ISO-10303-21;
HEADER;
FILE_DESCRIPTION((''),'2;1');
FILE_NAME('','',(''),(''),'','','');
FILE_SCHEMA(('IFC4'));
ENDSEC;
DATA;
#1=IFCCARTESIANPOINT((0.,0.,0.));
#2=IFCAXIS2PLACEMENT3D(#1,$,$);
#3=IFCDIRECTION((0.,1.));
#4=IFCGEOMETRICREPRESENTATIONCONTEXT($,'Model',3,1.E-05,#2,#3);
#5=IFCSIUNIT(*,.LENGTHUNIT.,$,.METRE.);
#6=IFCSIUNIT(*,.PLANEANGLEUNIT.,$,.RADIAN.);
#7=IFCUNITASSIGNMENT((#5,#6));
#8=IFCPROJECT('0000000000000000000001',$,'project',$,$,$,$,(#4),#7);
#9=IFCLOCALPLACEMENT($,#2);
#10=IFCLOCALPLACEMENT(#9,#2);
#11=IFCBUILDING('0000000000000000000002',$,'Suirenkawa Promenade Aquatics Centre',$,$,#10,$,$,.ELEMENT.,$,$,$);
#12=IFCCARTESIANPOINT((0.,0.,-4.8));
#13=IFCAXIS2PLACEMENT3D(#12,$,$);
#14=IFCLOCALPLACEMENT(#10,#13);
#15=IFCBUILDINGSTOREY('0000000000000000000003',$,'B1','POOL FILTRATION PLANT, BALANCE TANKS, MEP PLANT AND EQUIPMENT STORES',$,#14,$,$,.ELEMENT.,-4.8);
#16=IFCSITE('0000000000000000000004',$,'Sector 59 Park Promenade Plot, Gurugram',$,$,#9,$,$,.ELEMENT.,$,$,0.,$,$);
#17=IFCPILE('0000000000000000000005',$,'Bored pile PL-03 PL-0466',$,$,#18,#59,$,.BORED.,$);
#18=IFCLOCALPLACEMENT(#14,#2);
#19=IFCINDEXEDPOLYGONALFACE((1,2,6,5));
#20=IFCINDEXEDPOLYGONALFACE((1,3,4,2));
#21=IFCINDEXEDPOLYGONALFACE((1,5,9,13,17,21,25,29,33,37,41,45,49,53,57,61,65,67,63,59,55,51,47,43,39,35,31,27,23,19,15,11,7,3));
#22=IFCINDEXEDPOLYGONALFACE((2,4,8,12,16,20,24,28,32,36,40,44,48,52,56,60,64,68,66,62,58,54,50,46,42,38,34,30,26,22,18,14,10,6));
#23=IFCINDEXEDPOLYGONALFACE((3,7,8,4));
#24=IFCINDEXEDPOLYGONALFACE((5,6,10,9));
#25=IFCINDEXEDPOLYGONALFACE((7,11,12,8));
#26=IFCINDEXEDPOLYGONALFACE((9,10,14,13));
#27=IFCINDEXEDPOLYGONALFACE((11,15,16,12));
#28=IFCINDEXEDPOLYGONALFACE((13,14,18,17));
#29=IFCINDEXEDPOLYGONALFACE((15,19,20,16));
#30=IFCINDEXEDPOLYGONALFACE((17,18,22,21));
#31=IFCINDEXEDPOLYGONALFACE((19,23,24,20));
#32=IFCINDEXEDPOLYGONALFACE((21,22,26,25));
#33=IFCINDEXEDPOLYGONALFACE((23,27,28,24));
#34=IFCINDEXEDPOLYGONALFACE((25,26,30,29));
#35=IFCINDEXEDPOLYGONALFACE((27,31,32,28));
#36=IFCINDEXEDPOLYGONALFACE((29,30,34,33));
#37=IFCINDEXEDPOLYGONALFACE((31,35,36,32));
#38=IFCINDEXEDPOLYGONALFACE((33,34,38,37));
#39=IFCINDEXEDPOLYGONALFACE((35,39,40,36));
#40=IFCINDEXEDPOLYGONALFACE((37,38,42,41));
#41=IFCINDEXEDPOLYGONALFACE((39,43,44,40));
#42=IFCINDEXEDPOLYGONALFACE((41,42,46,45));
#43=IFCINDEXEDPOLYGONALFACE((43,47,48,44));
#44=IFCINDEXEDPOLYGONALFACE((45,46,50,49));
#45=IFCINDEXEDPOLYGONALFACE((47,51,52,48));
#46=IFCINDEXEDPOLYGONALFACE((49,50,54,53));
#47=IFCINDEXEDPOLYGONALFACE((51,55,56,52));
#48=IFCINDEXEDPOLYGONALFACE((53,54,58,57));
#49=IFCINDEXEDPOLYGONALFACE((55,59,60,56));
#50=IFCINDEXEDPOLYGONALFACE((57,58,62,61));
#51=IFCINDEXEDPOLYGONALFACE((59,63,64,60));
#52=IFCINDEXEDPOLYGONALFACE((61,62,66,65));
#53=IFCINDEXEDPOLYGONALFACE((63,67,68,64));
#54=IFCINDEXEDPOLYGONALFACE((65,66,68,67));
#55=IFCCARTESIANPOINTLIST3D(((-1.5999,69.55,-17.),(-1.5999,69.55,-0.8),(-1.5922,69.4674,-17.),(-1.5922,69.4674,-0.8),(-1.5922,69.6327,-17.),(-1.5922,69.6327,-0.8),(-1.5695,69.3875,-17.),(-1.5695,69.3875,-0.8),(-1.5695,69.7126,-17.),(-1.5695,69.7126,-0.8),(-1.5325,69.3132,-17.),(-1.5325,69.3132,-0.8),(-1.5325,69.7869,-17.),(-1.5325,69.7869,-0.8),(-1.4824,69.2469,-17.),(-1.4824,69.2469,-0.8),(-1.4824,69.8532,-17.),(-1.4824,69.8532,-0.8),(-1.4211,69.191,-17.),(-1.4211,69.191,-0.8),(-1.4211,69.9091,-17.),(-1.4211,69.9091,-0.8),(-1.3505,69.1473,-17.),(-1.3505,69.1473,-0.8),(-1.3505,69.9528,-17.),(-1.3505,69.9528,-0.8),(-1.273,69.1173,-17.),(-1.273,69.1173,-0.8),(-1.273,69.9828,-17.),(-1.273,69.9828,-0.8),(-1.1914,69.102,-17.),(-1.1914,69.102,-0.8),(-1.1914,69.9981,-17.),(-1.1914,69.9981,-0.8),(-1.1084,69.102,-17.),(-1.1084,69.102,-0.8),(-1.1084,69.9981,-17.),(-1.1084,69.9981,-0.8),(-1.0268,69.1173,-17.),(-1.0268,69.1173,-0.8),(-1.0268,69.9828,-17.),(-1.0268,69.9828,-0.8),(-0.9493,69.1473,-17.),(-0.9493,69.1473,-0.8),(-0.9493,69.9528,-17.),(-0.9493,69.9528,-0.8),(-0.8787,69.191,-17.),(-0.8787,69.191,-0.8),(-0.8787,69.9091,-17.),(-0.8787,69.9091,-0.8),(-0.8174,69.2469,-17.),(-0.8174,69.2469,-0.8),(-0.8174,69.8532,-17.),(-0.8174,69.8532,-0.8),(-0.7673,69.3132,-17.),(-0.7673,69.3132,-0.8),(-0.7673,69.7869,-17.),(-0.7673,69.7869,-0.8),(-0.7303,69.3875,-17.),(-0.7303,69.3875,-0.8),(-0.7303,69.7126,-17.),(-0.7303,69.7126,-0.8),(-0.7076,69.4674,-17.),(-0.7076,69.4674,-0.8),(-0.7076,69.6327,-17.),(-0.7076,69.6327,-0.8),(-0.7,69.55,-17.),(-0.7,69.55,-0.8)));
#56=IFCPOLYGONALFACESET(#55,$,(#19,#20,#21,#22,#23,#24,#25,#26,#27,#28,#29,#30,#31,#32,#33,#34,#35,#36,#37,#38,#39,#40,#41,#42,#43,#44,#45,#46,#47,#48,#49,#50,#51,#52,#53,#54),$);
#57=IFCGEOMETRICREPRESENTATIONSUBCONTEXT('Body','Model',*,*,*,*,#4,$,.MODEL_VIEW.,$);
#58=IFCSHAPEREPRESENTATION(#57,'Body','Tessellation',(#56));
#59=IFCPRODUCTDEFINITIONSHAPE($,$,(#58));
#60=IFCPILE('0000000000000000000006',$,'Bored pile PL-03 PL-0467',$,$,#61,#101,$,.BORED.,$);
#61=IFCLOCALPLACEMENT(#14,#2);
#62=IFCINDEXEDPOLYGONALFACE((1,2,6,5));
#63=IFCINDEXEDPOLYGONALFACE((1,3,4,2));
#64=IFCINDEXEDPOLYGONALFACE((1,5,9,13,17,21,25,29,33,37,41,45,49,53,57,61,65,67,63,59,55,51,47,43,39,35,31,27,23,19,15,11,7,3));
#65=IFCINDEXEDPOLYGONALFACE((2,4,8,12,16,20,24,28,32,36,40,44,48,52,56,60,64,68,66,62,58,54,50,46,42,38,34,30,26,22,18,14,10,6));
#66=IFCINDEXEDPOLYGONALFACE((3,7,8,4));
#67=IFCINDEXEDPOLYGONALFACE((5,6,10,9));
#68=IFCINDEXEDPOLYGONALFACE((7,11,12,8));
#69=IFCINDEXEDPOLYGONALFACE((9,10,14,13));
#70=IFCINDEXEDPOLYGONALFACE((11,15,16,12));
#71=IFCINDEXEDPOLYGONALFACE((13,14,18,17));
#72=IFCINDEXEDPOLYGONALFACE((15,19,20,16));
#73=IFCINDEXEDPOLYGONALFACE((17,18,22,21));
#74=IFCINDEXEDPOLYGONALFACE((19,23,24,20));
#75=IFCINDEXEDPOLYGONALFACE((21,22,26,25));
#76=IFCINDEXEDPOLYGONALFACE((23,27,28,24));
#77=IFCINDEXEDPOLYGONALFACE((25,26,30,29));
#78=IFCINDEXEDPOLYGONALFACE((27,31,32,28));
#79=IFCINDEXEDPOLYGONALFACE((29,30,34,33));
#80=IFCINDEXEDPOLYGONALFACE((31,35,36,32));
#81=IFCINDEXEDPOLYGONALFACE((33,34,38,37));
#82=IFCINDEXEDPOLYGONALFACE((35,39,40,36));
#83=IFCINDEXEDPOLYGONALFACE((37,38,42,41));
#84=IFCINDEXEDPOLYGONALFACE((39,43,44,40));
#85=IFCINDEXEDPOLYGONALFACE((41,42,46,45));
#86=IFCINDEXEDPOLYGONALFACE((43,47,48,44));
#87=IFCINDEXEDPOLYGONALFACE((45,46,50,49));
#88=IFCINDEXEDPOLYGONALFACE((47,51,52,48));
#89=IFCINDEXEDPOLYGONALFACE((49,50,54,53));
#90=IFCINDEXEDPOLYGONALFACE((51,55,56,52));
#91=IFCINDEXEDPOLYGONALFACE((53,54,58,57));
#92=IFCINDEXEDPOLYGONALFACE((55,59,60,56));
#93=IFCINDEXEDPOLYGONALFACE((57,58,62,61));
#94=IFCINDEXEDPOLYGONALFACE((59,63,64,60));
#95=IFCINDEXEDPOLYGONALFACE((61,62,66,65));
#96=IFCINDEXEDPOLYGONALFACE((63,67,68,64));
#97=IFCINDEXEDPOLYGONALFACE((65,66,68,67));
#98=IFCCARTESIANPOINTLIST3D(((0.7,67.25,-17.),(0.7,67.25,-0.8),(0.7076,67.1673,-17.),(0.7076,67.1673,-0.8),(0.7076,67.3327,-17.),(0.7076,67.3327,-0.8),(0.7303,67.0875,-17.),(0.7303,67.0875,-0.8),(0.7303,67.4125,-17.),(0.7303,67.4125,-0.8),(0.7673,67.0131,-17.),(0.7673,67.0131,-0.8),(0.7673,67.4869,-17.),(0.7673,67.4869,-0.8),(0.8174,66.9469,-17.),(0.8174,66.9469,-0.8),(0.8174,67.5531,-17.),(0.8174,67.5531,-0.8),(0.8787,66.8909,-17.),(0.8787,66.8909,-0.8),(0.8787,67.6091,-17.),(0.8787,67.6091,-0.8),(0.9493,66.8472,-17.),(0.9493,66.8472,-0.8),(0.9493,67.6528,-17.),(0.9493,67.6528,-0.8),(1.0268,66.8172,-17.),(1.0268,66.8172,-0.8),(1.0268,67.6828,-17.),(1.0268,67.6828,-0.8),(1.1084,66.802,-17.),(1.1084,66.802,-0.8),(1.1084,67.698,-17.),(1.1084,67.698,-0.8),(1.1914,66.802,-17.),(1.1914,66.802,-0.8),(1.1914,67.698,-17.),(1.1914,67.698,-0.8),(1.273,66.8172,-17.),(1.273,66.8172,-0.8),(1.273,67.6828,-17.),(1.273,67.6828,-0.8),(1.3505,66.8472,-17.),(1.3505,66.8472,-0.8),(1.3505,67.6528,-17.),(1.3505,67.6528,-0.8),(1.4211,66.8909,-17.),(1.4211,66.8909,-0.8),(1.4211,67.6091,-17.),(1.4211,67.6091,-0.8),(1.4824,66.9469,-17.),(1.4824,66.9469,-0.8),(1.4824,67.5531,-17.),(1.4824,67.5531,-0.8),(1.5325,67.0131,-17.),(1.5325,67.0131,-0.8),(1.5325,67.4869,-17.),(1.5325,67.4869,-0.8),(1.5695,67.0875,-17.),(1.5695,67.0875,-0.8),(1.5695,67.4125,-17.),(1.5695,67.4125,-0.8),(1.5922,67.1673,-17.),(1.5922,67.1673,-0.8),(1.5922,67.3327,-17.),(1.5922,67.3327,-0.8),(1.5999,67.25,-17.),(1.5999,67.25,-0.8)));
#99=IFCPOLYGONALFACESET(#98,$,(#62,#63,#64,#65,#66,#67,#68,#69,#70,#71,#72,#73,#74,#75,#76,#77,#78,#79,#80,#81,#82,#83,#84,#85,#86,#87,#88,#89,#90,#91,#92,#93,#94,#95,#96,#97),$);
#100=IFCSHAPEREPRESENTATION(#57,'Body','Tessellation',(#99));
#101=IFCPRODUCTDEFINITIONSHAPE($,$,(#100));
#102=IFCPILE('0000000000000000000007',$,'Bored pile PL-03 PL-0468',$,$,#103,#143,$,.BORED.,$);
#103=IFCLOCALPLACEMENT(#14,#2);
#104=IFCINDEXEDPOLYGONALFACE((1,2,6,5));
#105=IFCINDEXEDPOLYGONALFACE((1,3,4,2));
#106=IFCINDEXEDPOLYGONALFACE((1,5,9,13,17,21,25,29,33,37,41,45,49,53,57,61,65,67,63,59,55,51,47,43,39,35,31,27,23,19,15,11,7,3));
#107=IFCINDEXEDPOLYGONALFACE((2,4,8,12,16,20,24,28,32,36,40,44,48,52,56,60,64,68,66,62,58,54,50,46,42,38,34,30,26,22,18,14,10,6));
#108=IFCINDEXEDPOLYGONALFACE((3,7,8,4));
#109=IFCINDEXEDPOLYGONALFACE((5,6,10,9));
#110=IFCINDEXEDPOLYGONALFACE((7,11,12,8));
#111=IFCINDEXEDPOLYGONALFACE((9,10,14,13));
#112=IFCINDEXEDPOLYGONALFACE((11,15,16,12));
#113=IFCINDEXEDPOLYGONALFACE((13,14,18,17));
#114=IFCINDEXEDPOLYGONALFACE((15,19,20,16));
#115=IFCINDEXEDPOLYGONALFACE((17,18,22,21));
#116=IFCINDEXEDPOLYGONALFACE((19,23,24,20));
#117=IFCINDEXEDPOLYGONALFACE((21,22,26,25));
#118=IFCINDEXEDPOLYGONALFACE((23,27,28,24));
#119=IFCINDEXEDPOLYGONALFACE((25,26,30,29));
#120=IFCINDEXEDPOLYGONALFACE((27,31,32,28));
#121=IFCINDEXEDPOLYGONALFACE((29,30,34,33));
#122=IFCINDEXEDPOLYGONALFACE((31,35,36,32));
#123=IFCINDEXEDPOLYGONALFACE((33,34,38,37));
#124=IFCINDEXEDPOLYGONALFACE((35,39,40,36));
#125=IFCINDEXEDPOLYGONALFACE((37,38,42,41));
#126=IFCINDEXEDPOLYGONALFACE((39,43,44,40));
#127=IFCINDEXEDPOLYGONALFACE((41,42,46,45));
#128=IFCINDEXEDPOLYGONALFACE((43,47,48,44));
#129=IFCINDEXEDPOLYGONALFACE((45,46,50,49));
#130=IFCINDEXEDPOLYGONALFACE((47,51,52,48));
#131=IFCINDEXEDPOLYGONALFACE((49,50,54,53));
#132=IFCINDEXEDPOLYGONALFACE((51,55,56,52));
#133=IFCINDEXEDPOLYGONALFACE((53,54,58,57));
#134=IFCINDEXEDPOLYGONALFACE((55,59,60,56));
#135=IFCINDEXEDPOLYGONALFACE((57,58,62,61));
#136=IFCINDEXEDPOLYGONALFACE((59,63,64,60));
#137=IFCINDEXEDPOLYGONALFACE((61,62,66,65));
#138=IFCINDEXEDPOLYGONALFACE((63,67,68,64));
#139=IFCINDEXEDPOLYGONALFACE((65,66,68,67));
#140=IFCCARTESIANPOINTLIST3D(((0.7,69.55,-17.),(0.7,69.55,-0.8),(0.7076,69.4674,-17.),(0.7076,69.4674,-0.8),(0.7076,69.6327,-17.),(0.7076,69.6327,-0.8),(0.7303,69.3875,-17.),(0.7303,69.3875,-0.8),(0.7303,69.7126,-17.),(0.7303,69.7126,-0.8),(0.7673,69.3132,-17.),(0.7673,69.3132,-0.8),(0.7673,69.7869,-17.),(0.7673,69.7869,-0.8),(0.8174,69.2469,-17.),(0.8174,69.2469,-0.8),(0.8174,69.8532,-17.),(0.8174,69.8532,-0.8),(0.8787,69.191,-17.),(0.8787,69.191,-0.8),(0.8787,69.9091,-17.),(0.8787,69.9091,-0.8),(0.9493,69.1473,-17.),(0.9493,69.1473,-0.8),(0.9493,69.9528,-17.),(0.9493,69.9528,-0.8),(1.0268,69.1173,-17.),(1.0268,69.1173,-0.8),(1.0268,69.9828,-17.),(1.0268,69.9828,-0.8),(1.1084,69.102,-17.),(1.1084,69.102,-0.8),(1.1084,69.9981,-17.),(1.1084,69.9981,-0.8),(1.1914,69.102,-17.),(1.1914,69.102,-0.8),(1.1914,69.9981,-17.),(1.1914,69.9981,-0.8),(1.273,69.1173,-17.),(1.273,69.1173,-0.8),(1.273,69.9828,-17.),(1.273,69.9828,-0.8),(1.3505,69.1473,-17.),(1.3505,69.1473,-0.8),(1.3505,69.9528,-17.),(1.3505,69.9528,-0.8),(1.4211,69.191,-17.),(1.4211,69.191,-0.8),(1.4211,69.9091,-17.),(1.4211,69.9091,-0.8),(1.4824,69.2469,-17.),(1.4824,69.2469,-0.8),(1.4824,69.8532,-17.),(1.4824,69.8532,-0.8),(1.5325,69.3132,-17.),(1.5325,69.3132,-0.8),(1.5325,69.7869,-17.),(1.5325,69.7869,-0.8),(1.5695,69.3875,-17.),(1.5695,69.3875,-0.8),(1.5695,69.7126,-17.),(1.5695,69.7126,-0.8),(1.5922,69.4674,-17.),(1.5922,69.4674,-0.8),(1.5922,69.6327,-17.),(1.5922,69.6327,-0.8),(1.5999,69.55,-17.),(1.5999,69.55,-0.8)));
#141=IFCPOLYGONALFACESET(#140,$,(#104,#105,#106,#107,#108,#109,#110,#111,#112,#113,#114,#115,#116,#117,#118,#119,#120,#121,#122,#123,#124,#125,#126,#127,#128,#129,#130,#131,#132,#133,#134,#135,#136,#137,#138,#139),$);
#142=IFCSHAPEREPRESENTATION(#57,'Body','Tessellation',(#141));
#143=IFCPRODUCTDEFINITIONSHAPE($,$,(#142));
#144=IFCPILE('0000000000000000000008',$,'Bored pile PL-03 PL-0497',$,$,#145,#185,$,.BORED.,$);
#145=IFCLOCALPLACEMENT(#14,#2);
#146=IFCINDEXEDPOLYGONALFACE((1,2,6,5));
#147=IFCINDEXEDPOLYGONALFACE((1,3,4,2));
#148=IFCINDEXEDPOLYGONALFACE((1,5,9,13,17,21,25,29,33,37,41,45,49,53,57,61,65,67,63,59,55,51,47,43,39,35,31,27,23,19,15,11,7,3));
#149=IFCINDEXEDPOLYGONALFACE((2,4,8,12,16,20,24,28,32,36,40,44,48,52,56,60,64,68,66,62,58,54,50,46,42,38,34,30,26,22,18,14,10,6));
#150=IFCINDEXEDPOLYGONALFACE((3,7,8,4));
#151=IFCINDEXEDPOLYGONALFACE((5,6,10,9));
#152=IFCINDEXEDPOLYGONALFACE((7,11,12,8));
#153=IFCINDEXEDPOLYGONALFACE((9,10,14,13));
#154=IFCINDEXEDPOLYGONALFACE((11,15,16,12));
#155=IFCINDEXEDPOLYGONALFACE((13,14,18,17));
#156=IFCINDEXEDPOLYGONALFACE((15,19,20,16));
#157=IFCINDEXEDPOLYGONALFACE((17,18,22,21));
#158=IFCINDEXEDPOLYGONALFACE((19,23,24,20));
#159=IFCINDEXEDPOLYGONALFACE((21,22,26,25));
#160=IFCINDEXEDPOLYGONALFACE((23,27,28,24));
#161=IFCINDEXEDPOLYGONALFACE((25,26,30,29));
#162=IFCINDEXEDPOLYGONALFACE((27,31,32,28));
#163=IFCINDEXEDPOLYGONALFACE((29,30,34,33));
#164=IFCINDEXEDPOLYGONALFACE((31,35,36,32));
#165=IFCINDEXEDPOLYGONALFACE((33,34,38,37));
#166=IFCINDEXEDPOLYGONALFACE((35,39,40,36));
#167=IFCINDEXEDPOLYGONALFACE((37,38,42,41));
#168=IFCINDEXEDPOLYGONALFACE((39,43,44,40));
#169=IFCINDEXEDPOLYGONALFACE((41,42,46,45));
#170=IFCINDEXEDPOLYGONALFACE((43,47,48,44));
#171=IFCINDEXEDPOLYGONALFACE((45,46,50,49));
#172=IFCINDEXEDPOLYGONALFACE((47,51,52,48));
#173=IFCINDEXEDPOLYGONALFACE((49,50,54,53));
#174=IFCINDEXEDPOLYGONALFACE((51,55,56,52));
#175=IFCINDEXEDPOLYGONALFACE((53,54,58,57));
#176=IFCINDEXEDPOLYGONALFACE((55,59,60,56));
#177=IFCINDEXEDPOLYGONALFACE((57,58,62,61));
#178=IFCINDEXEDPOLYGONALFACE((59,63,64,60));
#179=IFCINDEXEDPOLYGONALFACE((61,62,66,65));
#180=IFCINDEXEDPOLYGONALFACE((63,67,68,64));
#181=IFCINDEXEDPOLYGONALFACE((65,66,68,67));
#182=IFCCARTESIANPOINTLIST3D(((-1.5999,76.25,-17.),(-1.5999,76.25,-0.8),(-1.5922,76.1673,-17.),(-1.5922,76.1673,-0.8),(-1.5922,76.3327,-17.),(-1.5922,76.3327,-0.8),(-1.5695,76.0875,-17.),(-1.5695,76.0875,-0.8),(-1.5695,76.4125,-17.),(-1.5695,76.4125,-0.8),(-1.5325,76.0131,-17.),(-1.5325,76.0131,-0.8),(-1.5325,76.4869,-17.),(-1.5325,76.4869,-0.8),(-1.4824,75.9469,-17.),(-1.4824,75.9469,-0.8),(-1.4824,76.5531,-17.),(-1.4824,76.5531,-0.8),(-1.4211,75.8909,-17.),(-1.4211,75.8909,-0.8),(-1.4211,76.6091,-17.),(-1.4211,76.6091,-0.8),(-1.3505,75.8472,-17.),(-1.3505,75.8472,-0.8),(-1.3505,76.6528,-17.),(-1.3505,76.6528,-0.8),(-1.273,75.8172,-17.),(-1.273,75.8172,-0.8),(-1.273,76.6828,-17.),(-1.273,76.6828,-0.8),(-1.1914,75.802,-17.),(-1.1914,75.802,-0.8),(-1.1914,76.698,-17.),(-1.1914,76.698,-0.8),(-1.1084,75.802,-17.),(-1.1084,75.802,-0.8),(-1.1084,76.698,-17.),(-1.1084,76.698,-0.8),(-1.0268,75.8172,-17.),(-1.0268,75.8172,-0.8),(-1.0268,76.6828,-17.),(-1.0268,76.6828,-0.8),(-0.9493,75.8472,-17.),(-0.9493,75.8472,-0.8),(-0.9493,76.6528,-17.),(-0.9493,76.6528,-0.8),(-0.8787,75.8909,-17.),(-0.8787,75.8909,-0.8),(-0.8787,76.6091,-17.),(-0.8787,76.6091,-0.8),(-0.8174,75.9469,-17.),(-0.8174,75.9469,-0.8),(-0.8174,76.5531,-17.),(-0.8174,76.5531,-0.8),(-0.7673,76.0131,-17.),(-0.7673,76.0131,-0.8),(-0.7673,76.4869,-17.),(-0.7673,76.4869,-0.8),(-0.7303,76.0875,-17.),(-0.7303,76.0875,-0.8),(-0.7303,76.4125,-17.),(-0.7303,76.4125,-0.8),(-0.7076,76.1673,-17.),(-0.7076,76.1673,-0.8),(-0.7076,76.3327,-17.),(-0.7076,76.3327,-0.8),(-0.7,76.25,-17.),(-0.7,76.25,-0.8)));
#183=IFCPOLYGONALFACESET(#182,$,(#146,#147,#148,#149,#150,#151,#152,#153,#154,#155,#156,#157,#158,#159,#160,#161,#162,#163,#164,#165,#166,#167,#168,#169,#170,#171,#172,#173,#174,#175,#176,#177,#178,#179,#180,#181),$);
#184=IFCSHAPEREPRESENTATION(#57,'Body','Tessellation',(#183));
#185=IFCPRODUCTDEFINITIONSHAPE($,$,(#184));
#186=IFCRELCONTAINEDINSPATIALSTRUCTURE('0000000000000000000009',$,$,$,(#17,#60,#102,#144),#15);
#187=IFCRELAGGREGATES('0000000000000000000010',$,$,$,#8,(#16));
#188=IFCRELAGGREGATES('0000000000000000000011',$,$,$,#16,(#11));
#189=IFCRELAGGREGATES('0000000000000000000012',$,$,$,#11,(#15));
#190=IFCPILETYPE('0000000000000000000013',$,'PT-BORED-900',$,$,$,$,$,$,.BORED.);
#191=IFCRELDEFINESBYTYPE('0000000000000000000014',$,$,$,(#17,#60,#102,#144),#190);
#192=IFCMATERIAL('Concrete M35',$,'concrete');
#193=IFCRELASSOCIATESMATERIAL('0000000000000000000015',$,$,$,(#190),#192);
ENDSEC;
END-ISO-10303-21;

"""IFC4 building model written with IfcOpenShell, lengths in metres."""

from ifc_helpers import new_model, si_unit, direction, frame, origin, origin_2d, place, context, subcontext, project, spatial, circle, extrude, material, material_profile, profile_set, type_object, element, save


model = new_model("IFC4")

# Units and contexts
model_context = context("Model", 3, precision=1e-05, world=origin(), true_north=direction((0.0, 1.0)))
body_context = subcontext(model_context, "Body", "Model", "MODEL_VIEW")
ifc_project = project(units=[si_unit("LENGTHUNIT", "METRE"), si_unit("PLANEANGLEUNIT", "RADIAN")], contexts=[model_context])

# Site, building, storey
site_placement = place(None, origin())
site = spatial("IfcSite", under=ifc_project, at=site_placement, Name="Sector 59 Park Promenade Plot, Gurugram", CompositionType="ELEMENT", RefElevation=0.0)
building_placement = place(site_placement, origin())
building = spatial("IfcBuilding", under=site, at=building_placement, Name="Suirenkawa Promenade Aquatics Centre", CompositionType="ELEMENT")
storey_placement = place(building_placement, frame((0.0, 0.0, -4.8)))
storey = spatial("IfcBuildingStorey", under=building, at=storey_placement, Name="B1", Description="POOL FILTRATION PLANT, BALANCE TANKS, MEP PLANT AND EQUIPMENT STORES", CompositionType="ELEMENT", Elevation=-4.8)

# Shared definitions
ifc_material_1 = material(Name="Concrete M35", Category="concrete")

# Piles
ifc_material_profile_1 = material_profile(ifc_material_1, circle(Radius=0.45, at=origin_2d()), Name="PILE D900", Category="concrete")
ifc_profile_set_1 = profile_set([ifc_material_profile_1], Name="Concrete M35")
pile_type_1 = type_object("IfcPileType", Name="PT-BORED-900", PredefinedType="BORED", material=ifc_profile_set_1)
for number, where, z_axis, x_axis, name in (
    (1, (-1.1499, 69.55, -0.8), (0.0, 0.0, -1.0), (1.0, 0.0, 0.0), "Bored pile PL-03 PL-0466"),
    (2, (1.1499, 67.25, -0.8), (0.0, 0.0, -1.0), (1.0, 0.0, 0.0), "Bored pile PL-03 PL-0467"),
    (3, (1.1499, 69.55, -0.8), (0.0, 0.0, -1.0), (1.0, 0.0, 0.0), "Bored pile PL-03 PL-0468"),
    (4, (-1.1499, 76.25, -0.8), (0.0, 0.0, -1.0), (1.0, 0.0, 0.0), "Bored pile PL-03 PL-0497"),
):
    element("IfcPile", number, at=place(storey_placement, frame(where, z_axis=z_axis, x_axis=x_axis)), inside=storey, type_object=pile_type_1, Name=name, PredefinedType="BORED", context=body_context, shape_type="SweptSolid", body=[
        extrude(circle(Radius=0.45, at=origin_2d()), origin(), (0.0, 0.0, 1.0), 16.2),
    ])

save(model, "model.ifc")
